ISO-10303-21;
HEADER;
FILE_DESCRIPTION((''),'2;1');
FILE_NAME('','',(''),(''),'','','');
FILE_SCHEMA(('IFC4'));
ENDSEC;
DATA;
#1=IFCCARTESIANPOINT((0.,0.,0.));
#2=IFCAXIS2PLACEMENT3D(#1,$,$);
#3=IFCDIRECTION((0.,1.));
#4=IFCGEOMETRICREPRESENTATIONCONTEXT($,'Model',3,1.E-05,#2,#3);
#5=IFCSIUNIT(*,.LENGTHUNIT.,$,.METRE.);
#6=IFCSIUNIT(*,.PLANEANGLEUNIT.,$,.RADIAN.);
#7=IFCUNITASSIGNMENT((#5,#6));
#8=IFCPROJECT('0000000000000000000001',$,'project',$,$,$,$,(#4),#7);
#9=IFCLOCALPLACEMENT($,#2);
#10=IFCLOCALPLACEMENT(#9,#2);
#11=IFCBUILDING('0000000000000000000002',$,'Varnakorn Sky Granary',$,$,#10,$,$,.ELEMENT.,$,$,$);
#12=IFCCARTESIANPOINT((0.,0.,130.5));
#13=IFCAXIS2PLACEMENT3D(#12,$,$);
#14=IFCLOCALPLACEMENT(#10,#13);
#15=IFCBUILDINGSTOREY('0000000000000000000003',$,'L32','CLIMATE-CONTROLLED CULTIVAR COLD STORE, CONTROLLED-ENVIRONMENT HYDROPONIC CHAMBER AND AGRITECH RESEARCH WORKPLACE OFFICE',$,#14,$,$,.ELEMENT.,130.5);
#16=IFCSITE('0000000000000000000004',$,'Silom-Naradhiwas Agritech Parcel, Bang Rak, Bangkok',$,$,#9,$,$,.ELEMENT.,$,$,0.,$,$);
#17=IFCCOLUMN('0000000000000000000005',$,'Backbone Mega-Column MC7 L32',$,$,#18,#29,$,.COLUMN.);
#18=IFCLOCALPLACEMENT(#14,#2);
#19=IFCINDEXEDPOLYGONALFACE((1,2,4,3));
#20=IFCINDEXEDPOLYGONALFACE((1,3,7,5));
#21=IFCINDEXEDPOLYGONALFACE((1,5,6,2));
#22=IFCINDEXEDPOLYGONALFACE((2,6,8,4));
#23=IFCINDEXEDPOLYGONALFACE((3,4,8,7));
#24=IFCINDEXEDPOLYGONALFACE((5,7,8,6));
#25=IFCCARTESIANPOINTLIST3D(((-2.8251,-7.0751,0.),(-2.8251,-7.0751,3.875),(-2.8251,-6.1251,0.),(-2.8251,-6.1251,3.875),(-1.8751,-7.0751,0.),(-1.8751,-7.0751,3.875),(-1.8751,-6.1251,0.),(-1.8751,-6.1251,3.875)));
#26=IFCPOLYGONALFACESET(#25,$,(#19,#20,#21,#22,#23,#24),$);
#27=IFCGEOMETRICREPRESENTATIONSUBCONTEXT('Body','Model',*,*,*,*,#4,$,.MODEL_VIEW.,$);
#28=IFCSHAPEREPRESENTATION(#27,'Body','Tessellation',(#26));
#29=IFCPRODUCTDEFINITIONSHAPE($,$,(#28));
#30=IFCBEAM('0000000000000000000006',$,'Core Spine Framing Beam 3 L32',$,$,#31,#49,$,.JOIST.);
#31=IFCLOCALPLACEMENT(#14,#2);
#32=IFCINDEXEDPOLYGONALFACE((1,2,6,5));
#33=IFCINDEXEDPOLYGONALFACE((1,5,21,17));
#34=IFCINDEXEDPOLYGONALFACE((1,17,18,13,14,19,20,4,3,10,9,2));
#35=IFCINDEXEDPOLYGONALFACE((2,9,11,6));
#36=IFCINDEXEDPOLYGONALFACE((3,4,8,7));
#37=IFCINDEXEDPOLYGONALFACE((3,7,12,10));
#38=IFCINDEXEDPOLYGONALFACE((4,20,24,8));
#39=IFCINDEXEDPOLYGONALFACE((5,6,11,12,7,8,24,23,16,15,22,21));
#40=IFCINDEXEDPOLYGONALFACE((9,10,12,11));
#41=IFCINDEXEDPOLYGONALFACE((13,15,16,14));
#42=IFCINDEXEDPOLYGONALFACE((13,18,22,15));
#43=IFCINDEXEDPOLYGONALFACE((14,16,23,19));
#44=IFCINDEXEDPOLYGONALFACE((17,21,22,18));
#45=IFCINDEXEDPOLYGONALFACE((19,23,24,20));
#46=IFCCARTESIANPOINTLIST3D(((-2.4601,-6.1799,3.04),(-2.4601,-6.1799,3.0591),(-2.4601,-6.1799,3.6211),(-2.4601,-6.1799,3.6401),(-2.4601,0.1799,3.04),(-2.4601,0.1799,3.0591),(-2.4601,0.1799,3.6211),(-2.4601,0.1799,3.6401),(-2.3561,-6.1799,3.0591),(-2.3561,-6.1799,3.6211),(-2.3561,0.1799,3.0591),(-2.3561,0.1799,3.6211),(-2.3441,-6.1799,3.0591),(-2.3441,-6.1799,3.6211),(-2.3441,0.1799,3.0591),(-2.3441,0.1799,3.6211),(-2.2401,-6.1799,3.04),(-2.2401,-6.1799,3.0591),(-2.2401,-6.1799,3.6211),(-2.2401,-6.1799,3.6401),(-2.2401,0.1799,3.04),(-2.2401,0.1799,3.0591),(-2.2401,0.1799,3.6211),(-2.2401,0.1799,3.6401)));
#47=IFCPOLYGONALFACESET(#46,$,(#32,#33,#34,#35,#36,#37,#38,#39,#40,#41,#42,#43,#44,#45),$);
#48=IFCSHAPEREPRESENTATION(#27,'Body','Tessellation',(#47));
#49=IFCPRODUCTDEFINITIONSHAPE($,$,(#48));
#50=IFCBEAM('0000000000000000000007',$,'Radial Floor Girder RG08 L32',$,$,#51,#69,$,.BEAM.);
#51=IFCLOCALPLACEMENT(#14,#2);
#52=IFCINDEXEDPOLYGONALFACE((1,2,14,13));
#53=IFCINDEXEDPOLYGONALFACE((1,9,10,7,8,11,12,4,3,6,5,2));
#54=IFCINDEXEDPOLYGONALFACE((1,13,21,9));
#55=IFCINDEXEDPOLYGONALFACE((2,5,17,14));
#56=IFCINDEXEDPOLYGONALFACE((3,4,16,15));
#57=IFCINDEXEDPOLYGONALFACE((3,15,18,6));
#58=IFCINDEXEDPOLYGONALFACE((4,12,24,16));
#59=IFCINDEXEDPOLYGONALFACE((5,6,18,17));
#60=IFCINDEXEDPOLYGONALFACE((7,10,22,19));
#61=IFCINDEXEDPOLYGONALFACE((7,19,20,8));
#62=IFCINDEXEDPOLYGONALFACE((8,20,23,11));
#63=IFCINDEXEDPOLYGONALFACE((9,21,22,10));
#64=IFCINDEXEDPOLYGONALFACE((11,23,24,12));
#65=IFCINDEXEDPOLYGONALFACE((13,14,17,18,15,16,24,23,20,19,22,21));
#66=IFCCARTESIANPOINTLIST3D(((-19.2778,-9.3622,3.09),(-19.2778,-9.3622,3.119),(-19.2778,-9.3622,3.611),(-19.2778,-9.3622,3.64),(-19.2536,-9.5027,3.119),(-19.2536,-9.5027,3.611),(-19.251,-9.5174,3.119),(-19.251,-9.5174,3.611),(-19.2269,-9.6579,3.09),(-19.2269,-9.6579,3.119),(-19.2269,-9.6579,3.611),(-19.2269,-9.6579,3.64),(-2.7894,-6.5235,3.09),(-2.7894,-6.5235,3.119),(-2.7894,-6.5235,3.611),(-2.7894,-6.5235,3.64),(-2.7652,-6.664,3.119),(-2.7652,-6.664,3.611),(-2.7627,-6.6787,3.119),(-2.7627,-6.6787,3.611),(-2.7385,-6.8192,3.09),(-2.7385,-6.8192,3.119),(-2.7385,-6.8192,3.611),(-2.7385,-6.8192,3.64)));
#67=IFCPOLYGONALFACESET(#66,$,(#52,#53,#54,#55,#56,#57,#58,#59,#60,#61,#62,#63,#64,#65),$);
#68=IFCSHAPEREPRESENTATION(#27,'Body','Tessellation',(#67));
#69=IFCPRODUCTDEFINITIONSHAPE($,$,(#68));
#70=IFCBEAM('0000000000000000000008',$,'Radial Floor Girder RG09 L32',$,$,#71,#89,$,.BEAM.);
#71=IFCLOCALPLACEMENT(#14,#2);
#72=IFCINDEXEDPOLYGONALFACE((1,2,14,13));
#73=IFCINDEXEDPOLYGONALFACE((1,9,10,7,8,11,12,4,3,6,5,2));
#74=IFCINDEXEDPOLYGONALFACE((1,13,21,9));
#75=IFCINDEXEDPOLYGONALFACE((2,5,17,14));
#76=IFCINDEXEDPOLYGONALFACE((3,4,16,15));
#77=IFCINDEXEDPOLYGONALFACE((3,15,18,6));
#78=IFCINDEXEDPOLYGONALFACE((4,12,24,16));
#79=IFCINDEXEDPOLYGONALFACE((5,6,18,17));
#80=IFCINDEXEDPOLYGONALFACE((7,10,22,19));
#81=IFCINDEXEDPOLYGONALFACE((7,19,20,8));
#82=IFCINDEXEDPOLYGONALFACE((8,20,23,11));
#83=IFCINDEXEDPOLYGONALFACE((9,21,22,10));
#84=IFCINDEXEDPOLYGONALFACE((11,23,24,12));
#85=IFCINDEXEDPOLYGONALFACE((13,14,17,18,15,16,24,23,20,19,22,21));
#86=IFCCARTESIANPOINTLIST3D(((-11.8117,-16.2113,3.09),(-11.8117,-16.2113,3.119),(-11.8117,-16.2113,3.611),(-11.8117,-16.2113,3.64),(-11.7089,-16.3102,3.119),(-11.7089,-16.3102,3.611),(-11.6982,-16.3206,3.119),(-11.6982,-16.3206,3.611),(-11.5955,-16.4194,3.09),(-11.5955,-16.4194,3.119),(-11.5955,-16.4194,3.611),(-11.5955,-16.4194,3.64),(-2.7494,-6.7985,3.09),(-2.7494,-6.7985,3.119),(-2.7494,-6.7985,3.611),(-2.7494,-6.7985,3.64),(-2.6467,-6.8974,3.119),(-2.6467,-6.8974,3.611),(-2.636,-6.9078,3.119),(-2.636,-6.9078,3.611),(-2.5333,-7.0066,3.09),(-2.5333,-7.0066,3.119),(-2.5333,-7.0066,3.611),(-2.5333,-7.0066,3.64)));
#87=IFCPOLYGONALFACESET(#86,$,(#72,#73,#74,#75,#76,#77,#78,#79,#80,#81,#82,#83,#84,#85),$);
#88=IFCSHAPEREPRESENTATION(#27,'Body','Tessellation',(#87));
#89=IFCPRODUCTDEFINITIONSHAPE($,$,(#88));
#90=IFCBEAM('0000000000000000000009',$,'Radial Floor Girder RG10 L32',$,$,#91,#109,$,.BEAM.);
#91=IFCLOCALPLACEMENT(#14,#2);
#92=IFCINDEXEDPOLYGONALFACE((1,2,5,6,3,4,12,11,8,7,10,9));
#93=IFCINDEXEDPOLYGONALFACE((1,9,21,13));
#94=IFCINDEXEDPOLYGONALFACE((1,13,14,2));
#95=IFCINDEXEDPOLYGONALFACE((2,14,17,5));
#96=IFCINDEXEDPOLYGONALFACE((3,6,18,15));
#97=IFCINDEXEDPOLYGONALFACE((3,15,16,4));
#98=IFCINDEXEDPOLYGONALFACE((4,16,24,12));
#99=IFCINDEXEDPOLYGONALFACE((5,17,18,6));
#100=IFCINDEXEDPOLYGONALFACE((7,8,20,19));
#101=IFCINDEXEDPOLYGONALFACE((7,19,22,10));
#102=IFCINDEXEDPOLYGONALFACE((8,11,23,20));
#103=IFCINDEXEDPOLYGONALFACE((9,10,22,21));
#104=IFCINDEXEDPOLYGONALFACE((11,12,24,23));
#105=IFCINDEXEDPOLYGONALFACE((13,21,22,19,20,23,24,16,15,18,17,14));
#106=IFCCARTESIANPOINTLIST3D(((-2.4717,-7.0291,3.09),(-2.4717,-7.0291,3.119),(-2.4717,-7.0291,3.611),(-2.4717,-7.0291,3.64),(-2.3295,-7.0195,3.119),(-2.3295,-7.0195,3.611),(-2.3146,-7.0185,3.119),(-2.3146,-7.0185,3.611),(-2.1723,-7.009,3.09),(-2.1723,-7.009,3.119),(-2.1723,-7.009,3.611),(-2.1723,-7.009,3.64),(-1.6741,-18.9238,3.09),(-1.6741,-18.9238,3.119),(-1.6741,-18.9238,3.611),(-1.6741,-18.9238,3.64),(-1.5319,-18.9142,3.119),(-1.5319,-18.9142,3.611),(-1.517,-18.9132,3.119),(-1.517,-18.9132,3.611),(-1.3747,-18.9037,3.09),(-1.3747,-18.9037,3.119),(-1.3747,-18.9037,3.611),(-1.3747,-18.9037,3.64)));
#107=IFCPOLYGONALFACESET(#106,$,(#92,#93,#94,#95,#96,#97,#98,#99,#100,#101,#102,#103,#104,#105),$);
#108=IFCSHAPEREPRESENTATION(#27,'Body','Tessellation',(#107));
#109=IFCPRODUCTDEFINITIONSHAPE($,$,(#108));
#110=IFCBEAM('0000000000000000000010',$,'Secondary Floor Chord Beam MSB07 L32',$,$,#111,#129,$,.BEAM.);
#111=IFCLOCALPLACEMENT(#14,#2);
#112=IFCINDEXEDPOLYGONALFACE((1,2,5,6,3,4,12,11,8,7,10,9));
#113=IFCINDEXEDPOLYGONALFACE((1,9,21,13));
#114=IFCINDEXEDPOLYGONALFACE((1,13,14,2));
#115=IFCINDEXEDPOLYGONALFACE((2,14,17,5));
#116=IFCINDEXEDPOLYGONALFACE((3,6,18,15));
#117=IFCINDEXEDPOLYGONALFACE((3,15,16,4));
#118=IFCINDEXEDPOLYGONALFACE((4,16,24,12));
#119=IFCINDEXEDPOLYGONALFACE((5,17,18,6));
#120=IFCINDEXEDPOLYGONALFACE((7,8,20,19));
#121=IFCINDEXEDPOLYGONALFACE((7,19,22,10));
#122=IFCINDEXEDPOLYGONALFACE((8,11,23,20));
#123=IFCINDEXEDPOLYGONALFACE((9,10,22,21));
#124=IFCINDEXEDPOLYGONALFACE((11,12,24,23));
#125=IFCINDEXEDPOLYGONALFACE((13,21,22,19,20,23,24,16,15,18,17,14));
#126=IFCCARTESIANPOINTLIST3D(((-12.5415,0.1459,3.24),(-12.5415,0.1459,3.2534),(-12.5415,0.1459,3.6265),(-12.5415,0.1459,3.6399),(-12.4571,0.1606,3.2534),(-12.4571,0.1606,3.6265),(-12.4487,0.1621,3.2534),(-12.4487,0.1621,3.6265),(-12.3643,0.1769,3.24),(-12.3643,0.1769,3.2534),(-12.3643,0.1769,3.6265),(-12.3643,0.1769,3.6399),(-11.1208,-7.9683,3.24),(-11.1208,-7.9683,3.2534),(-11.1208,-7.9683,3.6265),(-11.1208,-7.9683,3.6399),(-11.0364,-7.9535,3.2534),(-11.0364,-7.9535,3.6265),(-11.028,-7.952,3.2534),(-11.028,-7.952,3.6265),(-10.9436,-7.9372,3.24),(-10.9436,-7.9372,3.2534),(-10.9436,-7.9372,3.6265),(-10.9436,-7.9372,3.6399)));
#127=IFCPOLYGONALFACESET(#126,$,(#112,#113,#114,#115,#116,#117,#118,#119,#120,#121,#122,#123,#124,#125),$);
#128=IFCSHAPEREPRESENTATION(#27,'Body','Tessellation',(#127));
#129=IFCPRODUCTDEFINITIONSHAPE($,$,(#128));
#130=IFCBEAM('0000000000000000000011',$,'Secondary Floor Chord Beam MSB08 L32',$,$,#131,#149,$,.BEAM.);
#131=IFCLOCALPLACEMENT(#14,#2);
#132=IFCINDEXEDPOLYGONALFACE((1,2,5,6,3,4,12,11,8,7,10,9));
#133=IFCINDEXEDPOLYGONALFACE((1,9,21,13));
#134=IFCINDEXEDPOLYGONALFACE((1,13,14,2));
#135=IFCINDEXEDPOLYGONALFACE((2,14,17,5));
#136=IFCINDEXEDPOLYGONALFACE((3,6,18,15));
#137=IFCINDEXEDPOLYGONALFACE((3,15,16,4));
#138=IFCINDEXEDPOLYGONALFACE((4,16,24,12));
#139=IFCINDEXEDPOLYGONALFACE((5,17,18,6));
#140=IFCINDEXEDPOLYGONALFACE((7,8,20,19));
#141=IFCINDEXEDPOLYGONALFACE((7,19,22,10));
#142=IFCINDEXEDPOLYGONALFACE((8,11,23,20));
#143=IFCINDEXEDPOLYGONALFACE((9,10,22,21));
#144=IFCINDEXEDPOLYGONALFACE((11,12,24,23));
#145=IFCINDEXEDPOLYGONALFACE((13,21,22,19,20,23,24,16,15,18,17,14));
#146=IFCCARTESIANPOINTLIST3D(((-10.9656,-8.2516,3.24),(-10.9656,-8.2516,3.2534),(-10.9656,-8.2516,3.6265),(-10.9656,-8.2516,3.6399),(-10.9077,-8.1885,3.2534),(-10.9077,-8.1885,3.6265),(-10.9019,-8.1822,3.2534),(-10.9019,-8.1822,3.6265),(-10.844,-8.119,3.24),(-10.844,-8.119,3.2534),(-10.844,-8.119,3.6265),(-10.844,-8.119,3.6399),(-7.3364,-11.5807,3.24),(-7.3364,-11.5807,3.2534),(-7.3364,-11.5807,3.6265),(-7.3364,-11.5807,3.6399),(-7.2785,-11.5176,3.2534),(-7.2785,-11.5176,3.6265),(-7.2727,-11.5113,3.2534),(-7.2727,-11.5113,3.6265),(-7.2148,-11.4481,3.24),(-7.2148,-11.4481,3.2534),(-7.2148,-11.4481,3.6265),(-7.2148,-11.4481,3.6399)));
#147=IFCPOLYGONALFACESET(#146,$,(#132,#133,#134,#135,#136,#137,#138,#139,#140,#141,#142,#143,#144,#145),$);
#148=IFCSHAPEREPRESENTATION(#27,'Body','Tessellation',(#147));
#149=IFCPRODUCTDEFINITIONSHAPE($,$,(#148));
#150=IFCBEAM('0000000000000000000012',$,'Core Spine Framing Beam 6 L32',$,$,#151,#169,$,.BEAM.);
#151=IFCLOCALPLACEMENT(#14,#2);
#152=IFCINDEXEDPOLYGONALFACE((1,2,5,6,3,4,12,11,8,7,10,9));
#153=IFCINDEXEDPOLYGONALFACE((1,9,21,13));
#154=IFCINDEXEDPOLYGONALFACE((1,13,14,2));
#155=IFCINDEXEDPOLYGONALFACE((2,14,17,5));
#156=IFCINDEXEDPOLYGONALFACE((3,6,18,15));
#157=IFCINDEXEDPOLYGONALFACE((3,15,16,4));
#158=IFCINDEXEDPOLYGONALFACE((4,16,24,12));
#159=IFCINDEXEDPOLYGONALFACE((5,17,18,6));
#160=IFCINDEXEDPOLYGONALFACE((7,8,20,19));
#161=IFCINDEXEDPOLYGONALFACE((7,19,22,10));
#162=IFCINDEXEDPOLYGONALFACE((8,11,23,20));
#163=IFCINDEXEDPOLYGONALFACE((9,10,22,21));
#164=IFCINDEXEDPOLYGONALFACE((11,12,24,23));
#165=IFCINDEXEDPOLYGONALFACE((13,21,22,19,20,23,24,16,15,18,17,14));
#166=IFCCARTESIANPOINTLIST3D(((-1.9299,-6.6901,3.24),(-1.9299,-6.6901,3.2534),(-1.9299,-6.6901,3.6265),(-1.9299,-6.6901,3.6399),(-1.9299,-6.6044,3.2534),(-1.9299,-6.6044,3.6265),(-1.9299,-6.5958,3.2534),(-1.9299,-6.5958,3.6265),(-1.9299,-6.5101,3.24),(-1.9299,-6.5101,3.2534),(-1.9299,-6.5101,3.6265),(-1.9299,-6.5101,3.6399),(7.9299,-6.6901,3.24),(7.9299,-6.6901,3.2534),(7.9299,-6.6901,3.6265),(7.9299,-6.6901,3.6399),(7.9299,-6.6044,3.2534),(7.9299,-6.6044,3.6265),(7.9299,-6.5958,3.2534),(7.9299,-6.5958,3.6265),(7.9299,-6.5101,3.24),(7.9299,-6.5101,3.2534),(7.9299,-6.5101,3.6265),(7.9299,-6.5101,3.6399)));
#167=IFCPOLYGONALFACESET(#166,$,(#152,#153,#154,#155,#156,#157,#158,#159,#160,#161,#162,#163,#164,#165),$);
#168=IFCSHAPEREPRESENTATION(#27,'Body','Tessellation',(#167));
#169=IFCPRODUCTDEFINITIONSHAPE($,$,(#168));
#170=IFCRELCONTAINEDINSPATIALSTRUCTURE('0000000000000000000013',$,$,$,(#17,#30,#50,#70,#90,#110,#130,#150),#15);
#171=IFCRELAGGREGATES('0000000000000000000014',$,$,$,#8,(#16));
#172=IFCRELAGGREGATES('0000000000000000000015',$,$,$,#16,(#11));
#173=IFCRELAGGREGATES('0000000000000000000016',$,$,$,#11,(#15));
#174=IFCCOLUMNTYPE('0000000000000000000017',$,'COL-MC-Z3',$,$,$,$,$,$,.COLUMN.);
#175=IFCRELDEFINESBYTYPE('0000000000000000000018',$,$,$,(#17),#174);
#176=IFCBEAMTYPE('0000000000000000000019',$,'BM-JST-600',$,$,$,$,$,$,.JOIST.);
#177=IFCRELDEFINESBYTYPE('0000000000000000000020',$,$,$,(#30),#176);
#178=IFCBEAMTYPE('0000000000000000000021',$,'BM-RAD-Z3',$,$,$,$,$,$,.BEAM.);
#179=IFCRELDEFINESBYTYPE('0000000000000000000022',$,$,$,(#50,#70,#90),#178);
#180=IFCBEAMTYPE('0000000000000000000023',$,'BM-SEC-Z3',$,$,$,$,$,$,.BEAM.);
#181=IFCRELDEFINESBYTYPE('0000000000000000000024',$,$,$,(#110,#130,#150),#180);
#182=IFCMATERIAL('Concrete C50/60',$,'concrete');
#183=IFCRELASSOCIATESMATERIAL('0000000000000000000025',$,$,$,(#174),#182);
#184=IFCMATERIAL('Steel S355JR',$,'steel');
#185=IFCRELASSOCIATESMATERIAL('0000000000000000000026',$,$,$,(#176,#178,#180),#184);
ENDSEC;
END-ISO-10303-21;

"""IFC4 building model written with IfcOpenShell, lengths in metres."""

from ifc_helpers import new_model, si_unit, direction, frame, origin, origin_2d, place, context, subcontext, project, spatial, rectangle, i_section, extrude, material, material_profile, profile_set, type_object, element, save


model = new_model("IFC4")

# Units and contexts
model_context = context("Model", 3, precision=1e-05, world=origin(), true_north=direction((0.0, 1.0)))
body_context = subcontext(model_context, "Body", "Model", "MODEL_VIEW")
ifc_project = project(units=[si_unit("LENGTHUNIT", "METRE"), si_unit("PLANEANGLEUNIT", "RADIAN")], contexts=[model_context])

# Site, building, storey
site_placement = place(None, origin())
site = spatial("IfcSite", under=ifc_project, at=site_placement, Name="Silom-Naradhiwas Agritech Parcel, Bang Rak, Bangkok", CompositionType="ELEMENT", RefElevation=0.0)
building_placement = place(site_placement, origin())
building = spatial("IfcBuilding", under=site, at=building_placement, Name="Varnakorn Sky Granary", CompositionType="ELEMENT")
storey_placement = place(building_placement, frame((0.0, 0.0, 130.5)))
storey = spatial("IfcBuildingStorey", under=building, at=storey_placement, Name="L32", Description="CLIMATE-CONTROLLED CULTIVAR COLD STORE, CONTROLLED-ENVIRONMENT HYDROPONIC CHAMBER AND AGRITECH RESEARCH WORKPLACE OFFICE", CompositionType="ELEMENT", Elevation=130.5)

# Column
ifc_material_1 = material(Name="Concrete C50/60", Category="concrete")
ifc_material_profile_1 = material_profile(ifc_material_1, rectangle(XDim=0.95, YDim=0.95, at=origin_2d()), Name="RC 950x950")
ifc_profile_set_1 = profile_set([ifc_material_profile_1], Name="Concrete C50/60")
column_type = type_object("IfcColumnType", Name="COL-MC-Z3", PredefinedType="COLUMN", material=ifc_profile_set_1)
column_placement = place(storey_placement, frame((-2.3501, -6.6001, 0.0), z_axis=(0.0, 0.0, 1.0), x_axis=(1.0, 0.0, 0.0)))
element("IfcColumn", 1, at=column_placement, inside=storey, type_object=column_type, Name="Backbone Mega-Column MC7 L32", PredefinedType="COLUMN", context=body_context, shape_type="SweptSolid", body=[
    extrude(rectangle(XDim=0.95, YDim=0.95, at=origin_2d()), origin(), (0.0, 0.0, 1.0), 3.875),
])

# Beams
ifc_material_2 = material(Name="Steel S355JR", Category="steel")
ifc_material_profile_2 = material_profile(ifc_material_2, i_section(OverallWidth=0.22, OverallDepth=0.6001, WebThickness=0.012, FlangeThickness=0.019, at=origin_2d()), Name="IPE 600")
ifc_profile_set_2 = profile_set([ifc_material_profile_2], Name="Steel S355JR")
beam_type_1 = type_object("IfcBeamType", Name="BM-JST-600", PredefinedType="JOIST", material=ifc_profile_set_2)
beam_1_placement = place(storey_placement, frame((-2.3501, 0.1799, 3.3401), z_axis=(0.0, -1.0, 0.0), x_axis=(1.0, 0.0, 0.0)))
element("IfcBeam", 2, at=beam_1_placement, inside=storey, type_object=beam_type_1, Name="Core Spine Framing Beam 3 L32", PredefinedType="JOIST", context=body_context, shape_type="SweptSolid", body=[
    extrude(i_section(OverallWidth=0.22, OverallDepth=0.6001, WebThickness=0.012, FlangeThickness=0.019, at=origin_2d()), origin(), (0.0, 0.0, 1.0), 6.3599),
])
ifc_material_profile_3 = material_profile(ifc_material_2, i_section(OverallWidth=0.3, OverallDepth=0.55, WebThickness=0.0149, FlangeThickness=0.0291, at=origin_2d()), Name="HE 550 B")
ifc_profile_set_3 = profile_set([ifc_material_profile_3], Name="Steel S355JR")
beam_type_2 = type_object("IfcBeamType", Name="BM-RAD-Z3", PredefinedType="BEAM", material=ifc_profile_set_3)
beam_2_placement = place(storey_placement, frame((-2.7639, -6.6714, 3.365), z_axis=(-0.985502, -0.169664, 0.0), x_axis=(0.169664, -0.985502, 0.0)))
element("IfcBeam", 3, at=beam_2_placement, inside=storey, type_object=beam_type_2, Name="Radial Floor Girder RG08 L32", PredefinedType="BEAM", context=body_context, shape_type="SweptSolid", body=[
    extrude(i_section(OverallWidth=0.3, OverallDepth=0.55, WebThickness=0.0149, FlangeThickness=0.0291, at=origin_2d()), origin(), (0.0, 0.0, 1.0), 16.731),
])
beam_3_placement = place(storey_placement, frame((-2.6414, -6.9026, 3.365), z_axis=(-0.693564, -0.720395, 0.0), x_axis=(0.720395, -0.693564, 0.0)))
element("IfcBeam", 4, at=beam_3_placement, inside=storey, type_object=beam_type_2, Name="Radial Floor Girder RG09 L32", PredefinedType="BEAM", context=body_context, shape_type="SweptSolid", body=[
    extrude(i_section(OverallWidth=0.3, OverallDepth=0.55, WebThickness=0.0149, FlangeThickness=0.0291, at=origin_2d()), origin(), (0.0, 0.0, 1.0), 13.0662),
])
beam_4_placement = place(storey_placement, frame((-2.322, -7.019, 3.365), z_axis=(0.066905, -0.997759, 0.0), x_axis=(0.997759, 0.066905, 0.0)))
element("IfcBeam", 5, at=beam_4_placement, inside=storey, type_object=beam_type_2, Name="Radial Floor Girder RG10 L32", PredefinedType="BEAM", context=body_context, shape_type="SweptSolid", body=[
    extrude(i_section(OverallWidth=0.3, OverallDepth=0.55, WebThickness=0.0149, FlangeThickness=0.0291, at=origin_2d()), origin(), (0.0, 0.0, 1.0), 11.9214),
])
ifc_material_profile_4 = material_profile(ifc_material_2, i_section(OverallWidth=0.1799, OverallDepth=0.3999, WebThickness=0.0085, FlangeThickness=0.0134, at=origin_2d()), Name="IPE 400")
ifc_profile_set_4 = profile_set([ifc_material_profile_4], Name="Steel S355JR")
beam_type_3 = type_object("IfcBeamType", Name="BM-SEC-Z3", PredefinedType="BEAM", material=ifc_profile_set_4)
beam_5_placement = place(storey_placement, frame((-12.4529, 0.1614, 3.4399), z_axis=(0.172463, -0.985016, 0.0), x_axis=(0.985016, 0.172463, 0.0)))
element("IfcBeam", 6, at=beam_5_placement, inside=storey, type_object=beam_type_3, Name="Secondary Floor Chord Beam MSB07 L32", PredefinedType="BEAM", context=body_context, shape_type="SweptSolid", body=[
    extrude(i_section(OverallWidth=0.1799, OverallDepth=0.3999, WebThickness=0.0085, FlangeThickness=0.0134, at=origin_2d()), origin(), (0.0, 0.0, 1.0), 8.2375),
])
beam_6_placement = place(storey_placement, frame((-10.9048, -8.1853, 3.4399), z_axis=(0.736913, -0.675987, 0.0), x_axis=(0.675987, 0.736913, 0.0)))
element("IfcBeam", 7, at=beam_6_placement, inside=storey, type_object=beam_type_3, Name="Secondary Floor Chord Beam MSB08 L32", PredefinedType="BEAM", context=body_context, shape_type="SweptSolid", body=[
    extrude(i_section(OverallWidth=0.1799, OverallDepth=0.3999, WebThickness=0.0085, FlangeThickness=0.0134, at=origin_2d()), origin(), (0.0, 0.0, 1.0), 4.9248),
])
beam_7_placement = place(storey_placement, frame((-1.9299, -6.6001, 3.4399), z_axis=(1.0, 0.0, 0.0), x_axis=(0.0, 1.0, 0.0)))
element("IfcBeam", 8, at=beam_7_placement, inside=storey, type_object=beam_type_3, Name="Core Spine Framing Beam 6 L32", PredefinedType="BEAM", context=body_context, shape_type="SweptSolid", body=[
    extrude(i_section(OverallWidth=0.1799, OverallDepth=0.3999, WebThickness=0.0085, FlangeThickness=0.0134, at=origin_2d()), origin(), (0.0, 0.0, 1.0), 9.8599),
])

save(model, "model.ifc")
